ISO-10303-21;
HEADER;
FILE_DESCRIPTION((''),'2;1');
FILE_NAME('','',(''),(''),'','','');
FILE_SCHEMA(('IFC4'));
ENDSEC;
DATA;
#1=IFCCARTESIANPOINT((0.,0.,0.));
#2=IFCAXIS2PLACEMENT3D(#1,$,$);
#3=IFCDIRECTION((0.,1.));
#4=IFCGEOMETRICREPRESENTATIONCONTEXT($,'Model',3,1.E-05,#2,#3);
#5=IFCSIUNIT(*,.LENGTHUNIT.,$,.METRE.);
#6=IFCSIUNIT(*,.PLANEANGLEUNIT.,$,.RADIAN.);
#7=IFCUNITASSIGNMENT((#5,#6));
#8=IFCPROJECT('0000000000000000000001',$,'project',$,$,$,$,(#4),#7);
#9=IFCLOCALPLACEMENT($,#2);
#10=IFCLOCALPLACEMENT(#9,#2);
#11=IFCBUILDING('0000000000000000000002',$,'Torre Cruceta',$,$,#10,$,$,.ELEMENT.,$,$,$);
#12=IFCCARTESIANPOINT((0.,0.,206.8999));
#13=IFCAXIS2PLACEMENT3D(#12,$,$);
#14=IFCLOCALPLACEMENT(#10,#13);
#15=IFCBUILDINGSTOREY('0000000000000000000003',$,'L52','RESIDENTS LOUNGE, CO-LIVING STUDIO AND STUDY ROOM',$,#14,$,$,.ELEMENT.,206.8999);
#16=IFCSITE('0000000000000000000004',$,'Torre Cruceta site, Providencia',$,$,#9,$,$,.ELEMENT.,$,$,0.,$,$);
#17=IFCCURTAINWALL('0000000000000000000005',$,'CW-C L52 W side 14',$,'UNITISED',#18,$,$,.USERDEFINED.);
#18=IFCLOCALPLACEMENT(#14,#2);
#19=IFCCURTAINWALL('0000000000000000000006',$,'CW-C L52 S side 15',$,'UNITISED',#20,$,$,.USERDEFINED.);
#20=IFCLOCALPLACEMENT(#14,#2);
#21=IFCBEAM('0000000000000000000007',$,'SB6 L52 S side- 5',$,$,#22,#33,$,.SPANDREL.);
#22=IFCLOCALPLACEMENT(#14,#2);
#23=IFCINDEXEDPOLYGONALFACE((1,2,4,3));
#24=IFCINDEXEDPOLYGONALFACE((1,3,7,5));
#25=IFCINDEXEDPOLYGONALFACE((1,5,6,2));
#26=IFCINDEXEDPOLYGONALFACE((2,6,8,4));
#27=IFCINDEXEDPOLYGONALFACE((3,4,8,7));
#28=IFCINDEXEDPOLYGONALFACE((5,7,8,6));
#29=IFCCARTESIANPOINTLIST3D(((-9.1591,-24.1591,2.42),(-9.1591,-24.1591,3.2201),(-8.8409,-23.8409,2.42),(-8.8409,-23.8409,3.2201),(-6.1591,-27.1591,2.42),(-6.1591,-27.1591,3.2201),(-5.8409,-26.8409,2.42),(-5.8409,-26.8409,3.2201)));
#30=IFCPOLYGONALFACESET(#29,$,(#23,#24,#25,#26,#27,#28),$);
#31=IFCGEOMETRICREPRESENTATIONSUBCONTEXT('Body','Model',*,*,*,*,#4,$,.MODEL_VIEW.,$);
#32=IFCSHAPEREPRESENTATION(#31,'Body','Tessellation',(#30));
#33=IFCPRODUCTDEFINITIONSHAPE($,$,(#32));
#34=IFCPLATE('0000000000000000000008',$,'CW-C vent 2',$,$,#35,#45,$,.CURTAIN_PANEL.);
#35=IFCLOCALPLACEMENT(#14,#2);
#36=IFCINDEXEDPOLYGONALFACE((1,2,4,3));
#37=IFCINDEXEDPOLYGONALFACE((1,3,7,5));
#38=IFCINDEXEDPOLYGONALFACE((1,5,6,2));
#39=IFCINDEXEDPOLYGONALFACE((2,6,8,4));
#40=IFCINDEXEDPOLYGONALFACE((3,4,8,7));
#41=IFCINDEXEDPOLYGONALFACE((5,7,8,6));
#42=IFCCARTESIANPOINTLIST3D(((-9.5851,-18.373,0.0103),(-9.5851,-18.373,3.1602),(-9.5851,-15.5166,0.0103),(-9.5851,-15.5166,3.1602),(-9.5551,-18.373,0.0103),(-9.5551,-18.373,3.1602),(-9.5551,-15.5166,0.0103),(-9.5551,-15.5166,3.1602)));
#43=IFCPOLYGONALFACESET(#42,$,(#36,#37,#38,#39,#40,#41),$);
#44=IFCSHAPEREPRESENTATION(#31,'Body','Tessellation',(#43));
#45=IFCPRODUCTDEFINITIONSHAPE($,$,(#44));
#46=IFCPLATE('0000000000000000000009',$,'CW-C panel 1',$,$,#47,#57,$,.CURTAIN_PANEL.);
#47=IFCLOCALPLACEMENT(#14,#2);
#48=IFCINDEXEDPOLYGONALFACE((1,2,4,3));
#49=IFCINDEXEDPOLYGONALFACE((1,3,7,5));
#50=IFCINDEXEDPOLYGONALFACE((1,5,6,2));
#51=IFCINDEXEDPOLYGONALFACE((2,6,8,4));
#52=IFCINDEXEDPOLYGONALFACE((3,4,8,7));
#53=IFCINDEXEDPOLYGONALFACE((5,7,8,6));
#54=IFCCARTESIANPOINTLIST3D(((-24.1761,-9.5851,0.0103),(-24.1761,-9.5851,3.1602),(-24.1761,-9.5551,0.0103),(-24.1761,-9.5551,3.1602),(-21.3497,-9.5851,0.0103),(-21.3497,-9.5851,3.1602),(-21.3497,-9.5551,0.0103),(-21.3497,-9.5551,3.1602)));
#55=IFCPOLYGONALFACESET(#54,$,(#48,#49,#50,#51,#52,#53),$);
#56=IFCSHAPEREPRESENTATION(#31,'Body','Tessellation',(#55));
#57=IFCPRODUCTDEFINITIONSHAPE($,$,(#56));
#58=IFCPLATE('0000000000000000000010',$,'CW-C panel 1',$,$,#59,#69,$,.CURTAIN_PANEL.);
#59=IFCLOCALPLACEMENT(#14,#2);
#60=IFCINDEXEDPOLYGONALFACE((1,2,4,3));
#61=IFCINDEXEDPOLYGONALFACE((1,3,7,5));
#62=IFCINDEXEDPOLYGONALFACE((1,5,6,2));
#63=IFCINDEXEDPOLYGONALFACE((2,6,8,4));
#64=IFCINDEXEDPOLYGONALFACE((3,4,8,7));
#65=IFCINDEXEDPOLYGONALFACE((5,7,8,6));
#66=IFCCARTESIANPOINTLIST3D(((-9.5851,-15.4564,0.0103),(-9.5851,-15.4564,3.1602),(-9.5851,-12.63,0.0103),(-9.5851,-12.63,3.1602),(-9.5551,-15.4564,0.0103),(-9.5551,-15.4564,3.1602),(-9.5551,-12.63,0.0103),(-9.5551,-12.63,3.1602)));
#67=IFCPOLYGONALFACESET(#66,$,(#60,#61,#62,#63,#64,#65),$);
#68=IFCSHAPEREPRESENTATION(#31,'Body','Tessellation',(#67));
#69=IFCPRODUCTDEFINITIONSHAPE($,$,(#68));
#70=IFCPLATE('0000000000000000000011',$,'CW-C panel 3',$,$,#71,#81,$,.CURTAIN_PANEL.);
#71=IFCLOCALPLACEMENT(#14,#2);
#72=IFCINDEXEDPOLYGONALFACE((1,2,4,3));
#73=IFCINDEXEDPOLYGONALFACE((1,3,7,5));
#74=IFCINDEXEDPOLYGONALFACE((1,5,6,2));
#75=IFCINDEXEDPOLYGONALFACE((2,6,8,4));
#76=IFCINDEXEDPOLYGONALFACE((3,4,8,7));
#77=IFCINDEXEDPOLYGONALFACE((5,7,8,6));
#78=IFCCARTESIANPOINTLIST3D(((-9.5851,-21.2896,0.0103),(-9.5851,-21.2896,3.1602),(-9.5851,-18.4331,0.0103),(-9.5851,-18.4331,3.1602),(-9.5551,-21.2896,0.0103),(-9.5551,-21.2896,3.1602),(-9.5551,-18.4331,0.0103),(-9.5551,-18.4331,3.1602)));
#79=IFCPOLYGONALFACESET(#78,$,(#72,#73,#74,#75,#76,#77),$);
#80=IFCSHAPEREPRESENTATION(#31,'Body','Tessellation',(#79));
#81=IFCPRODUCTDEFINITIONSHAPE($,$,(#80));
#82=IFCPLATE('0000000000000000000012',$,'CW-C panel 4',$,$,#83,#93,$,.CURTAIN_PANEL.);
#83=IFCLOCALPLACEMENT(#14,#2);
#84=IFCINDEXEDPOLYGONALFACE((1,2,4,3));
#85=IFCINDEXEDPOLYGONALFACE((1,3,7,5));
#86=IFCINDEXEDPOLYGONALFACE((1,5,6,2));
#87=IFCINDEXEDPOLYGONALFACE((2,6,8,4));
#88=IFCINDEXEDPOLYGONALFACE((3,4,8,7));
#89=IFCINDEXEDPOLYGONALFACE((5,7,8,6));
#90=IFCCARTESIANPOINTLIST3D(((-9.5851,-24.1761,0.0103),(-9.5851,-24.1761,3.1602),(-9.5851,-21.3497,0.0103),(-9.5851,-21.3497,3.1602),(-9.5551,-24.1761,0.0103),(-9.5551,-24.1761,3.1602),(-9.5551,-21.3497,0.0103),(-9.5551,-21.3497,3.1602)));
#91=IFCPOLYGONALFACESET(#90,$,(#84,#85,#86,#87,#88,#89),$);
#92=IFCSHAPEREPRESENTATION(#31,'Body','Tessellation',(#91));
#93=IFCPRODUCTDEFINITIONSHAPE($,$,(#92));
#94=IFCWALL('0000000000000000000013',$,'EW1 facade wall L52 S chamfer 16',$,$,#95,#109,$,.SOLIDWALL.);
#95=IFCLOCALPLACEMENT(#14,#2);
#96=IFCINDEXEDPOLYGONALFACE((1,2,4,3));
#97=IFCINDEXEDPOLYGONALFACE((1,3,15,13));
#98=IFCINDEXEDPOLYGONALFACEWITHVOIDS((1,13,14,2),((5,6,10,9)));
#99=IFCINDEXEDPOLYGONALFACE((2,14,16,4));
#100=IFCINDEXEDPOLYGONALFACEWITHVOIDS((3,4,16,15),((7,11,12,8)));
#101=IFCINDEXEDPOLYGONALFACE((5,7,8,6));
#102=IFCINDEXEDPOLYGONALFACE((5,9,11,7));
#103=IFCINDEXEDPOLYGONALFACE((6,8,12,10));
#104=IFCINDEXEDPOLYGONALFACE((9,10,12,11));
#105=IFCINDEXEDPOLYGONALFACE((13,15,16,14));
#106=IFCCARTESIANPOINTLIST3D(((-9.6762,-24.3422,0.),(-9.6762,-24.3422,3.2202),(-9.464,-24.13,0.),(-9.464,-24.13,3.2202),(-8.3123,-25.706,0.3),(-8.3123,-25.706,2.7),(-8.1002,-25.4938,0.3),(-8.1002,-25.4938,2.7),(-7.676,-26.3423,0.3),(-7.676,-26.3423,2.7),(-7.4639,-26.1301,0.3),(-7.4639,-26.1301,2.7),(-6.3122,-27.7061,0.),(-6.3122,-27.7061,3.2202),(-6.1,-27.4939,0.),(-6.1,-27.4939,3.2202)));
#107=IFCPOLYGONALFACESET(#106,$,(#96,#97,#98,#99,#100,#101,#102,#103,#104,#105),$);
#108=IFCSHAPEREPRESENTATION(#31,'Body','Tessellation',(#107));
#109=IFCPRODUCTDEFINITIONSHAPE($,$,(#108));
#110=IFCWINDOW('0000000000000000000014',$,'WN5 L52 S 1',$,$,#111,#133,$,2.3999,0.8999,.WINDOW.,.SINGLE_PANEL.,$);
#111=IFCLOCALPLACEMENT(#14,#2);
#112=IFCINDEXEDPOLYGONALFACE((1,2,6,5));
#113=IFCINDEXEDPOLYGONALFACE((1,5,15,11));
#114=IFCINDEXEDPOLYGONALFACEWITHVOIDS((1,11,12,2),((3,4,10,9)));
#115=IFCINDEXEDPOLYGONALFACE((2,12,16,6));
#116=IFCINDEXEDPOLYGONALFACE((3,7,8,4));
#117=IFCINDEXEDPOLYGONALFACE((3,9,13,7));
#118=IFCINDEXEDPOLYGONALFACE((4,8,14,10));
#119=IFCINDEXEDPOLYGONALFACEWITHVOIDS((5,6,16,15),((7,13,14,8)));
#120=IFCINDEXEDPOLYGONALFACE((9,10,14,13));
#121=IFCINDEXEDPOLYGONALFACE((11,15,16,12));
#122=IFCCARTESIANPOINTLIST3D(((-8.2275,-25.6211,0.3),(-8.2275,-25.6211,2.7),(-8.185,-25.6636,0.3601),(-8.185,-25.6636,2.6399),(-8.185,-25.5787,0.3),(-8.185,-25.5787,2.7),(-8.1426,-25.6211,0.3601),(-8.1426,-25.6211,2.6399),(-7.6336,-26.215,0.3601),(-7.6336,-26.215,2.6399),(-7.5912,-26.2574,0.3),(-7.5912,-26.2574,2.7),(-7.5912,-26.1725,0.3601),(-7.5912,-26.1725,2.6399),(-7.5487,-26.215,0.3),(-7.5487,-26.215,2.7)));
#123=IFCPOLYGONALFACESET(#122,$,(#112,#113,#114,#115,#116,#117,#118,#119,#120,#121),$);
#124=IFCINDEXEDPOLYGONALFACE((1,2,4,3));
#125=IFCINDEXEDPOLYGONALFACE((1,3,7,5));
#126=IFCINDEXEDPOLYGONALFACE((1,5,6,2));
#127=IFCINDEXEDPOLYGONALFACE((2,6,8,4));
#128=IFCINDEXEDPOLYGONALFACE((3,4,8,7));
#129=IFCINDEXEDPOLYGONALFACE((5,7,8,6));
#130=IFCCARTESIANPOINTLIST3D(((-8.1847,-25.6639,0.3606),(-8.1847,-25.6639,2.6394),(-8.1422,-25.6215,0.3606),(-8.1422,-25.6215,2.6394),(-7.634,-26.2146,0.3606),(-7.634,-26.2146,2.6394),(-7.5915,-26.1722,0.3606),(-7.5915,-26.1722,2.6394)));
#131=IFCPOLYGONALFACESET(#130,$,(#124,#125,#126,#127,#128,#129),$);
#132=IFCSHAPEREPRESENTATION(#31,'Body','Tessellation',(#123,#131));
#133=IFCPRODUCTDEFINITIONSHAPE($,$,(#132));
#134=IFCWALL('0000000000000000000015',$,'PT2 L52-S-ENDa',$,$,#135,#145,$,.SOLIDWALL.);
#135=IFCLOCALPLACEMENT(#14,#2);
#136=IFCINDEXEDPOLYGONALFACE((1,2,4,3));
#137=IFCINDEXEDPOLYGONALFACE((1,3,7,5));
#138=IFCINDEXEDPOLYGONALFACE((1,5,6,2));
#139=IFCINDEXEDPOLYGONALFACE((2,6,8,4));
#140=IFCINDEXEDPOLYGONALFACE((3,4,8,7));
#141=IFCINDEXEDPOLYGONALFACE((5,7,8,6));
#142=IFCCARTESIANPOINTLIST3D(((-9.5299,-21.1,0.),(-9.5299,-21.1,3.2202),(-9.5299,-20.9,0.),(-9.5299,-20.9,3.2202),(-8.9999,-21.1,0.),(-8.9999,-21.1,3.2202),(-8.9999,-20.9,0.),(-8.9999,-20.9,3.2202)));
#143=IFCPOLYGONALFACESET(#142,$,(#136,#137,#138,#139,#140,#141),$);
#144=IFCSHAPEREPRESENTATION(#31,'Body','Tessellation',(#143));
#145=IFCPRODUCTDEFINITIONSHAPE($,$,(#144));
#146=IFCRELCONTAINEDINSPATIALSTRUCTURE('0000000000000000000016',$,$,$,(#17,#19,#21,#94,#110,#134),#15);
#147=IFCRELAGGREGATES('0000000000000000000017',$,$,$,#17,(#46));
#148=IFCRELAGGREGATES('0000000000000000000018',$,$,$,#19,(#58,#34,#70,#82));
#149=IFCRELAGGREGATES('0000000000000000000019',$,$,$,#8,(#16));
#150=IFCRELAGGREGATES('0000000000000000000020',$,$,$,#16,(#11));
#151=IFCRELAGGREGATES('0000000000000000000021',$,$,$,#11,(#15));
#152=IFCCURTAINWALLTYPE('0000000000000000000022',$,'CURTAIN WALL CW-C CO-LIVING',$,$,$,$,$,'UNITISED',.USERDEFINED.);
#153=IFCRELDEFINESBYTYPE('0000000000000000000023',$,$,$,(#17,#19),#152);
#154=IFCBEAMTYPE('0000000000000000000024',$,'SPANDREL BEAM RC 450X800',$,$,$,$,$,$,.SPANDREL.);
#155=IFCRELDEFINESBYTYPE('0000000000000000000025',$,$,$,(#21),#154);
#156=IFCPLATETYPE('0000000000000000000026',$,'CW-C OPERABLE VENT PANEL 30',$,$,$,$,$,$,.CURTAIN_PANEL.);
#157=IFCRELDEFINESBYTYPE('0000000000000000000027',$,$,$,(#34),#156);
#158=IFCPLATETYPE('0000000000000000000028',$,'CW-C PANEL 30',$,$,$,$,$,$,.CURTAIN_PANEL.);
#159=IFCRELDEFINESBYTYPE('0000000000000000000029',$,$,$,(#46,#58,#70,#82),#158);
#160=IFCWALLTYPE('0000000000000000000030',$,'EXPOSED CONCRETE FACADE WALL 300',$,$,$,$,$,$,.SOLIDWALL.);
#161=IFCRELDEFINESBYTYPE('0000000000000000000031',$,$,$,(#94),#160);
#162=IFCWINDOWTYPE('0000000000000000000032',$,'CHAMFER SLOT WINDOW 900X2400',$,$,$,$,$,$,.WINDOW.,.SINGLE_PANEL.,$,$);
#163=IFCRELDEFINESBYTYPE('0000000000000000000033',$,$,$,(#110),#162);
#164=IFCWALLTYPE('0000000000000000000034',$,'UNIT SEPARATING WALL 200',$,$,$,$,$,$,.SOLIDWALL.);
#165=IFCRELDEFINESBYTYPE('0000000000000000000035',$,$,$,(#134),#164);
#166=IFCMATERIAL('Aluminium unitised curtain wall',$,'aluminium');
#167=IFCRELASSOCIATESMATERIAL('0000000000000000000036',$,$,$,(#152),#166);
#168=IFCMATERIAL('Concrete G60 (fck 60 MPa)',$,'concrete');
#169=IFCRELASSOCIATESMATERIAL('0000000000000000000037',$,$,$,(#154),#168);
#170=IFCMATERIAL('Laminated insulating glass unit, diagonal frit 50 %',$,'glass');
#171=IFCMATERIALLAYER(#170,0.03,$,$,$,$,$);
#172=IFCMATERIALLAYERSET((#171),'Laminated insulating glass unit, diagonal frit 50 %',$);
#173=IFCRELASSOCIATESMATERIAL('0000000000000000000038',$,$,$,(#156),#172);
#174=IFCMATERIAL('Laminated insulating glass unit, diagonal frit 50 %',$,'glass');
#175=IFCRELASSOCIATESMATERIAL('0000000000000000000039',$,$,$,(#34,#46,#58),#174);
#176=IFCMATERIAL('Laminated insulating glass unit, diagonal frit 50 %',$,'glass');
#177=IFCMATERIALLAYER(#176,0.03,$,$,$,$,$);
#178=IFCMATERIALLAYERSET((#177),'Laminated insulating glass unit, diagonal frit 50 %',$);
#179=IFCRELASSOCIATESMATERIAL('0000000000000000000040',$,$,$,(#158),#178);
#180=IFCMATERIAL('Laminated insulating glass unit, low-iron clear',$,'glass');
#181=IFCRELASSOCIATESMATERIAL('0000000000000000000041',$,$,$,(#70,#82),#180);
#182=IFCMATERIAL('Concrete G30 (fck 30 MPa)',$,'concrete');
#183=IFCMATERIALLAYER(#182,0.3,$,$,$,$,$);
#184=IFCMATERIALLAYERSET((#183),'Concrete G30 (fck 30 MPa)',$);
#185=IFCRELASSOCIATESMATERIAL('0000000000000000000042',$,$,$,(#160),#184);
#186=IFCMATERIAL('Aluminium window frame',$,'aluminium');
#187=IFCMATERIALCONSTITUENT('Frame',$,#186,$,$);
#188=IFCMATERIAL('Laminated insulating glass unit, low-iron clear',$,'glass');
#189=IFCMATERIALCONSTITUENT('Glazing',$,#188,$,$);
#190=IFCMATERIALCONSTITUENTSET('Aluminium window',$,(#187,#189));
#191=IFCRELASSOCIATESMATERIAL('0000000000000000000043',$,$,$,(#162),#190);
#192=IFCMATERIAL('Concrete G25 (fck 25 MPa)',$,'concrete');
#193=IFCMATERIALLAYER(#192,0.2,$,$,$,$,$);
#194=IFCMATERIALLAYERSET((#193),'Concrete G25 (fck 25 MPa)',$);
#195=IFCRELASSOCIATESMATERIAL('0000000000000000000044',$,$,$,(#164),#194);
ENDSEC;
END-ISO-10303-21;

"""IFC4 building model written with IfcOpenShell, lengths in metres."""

from ifc_helpers import new_model, si_unit, direction, frame, frame_2d, origin, origin_2d, place, context, subcontext, project, spatial, rectangle, hollow_rectangle, extrude, material, layer, layer_set, constituent, constituent_set, material_profile, profile_set, type_object, element, fill, aggregate, save


model = new_model("IFC4")

# Units and contexts
model_context = context("Model", 3, precision=1e-05, world=origin(), true_north=direction((0.0, 1.0)))
body_context = subcontext(model_context, "Body", "Model", "MODEL_VIEW")
ifc_project = project(units=[si_unit("LENGTHUNIT", "METRE"), si_unit("PLANEANGLEUNIT", "RADIAN")], contexts=[model_context])

# Site, building, storey
site_placement = place(None, origin())
site = spatial("IfcSite", under=ifc_project, at=site_placement, Name="Torre Cruceta site, Providencia", CompositionType="ELEMENT", RefElevation=0.0)
building_placement = place(site_placement, origin())
building = spatial("IfcBuilding", under=site, at=building_placement, Name="Torre Cruceta", CompositionType="ELEMENT")
storey_placement = place(building_placement, frame((0.0, 0.0, 206.8999)))
storey = spatial("IfcBuildingStorey", under=building, at=storey_placement, Name="L52", Description="RESIDENTS LOUNGE, CO-LIVING STUDIO AND STUDY ROOM", CompositionType="ELEMENT", Elevation=206.8999)

# Curtain wall
ifc_material_1 = material(Name="Aluminium unitised curtain wall", Category="aluminium")
curtain_wall_type = type_object("IfcCurtainWallType", Name="CURTAIN WALL CW-C CO-LIVING", ElementType="UNITISED", PredefinedType="USERDEFINED", material=ifc_material_1)
curtain_wall_1_placement = place(storey_placement, origin())
curtain_wall_1 = element("IfcCurtainWall", 1, at=curtain_wall_1_placement, inside=storey, type_object=curtain_wall_type, Name="CW-C L52 W side 14", ObjectType="UNITISED", PredefinedType="USERDEFINED")

# Curtain wall
curtain_wall_2_placement = place(storey_placement, origin())
curtain_wall_2 = element("IfcCurtainWall", 2, at=curtain_wall_2_placement, inside=storey, type_object=curtain_wall_type, Name="CW-C L52 S side 15", ObjectType="UNITISED", PredefinedType="USERDEFINED")

# Beam
ifc_material_2 = material(Name="Concrete G60 (fck 60 MPa)", Category="concrete")
ifc_material_profile_1 = material_profile(ifc_material_2, rectangle(XDim=0.45, YDim=0.8, at=origin_2d()), Name="RC 450X800")
ifc_profile_set_1 = profile_set([ifc_material_profile_1], Name="Concrete G60 (fck 60 MPa)")
beam_type_1 = type_object("IfcBeamType", Name="SPANDREL BEAM RC 450X800", PredefinedType="SPANDREL", material=ifc_profile_set_1)
beam_1_placement = place(storey_placement, frame((-9.0, -24.0, 2.8201), z_axis=(0.707107, -0.707107, 0.0), x_axis=(0.707107, 0.707107, 0.0)))
element("IfcBeam", 3, at=beam_1_placement, inside=storey, type_object=beam_type_1, Name="SB6 L52 S side- 5", PredefinedType="SPANDREL", context=body_context, shape_type="SweptSolid", body=[
    extrude(rectangle(XDim=0.45, YDim=0.8, at=origin_2d()), origin(), (0.0, 0.0, 1.0), 4.2427),
])

# Plates
ifc_material_3 = material(Name="Laminated insulating glass unit, diagonal frit 50 %", Category="glass")
ifc_material_4 = material(Name="Laminated insulating glass unit, diagonal frit 50 %", Category="glass")
ifc_layer_1 = layer(ifc_material_4, 0.03)
ifc_layer_set_1 = layer_set([ifc_layer_1], Name="Laminated insulating glass unit, diagonal frit 50 %")
plate_type_1 = type_object("IfcPlateType", Name="CW-C OPERABLE VENT PANEL 30", PredefinedType="CURTAIN_PANEL", material=ifc_layer_set_1)
plate_1_placement = place(storey_placement, frame((-9.5701, -16.9448, 0.0103), z_axis=(0.0, 0.0, 1.0), x_axis=(0.0, -1.0, 0.0)))
plate_1 = element("IfcPlate", 4, at=plate_1_placement, type_object=plate_type_1, material=ifc_material_3, Name="CW-C vent 2", PredefinedType="CURTAIN_PANEL", context=body_context, shape_type="SweptSolid", body=[
    extrude(rectangle(XDim=2.8564, YDim=0.03, at=origin_2d()), origin(), (0.0, 0.0, 1.0), 3.1499),
])
ifc_material_5 = material(Name="Laminated insulating glass unit, diagonal frit 50 %", Category="glass")
ifc_layer_2 = layer(ifc_material_5, 0.03)
ifc_layer_set_2 = layer_set([ifc_layer_2], Name="Laminated insulating glass unit, diagonal frit 50 %")
plate_type_2 = type_object("IfcPlateType", Name="CW-C PANEL 30", PredefinedType="CURTAIN_PANEL", material=ifc_layer_set_2)
plate_2_placement = place(storey_placement, frame((-22.7629, -9.5701, 0.0103), z_axis=(0.0, 0.0, 1.0), x_axis=(1.0, 0.0, 0.0)))
plate_2 = element("IfcPlate", 5, at=plate_2_placement, type_object=plate_type_2, material=ifc_material_3, Name="CW-C panel 1", PredefinedType="CURTAIN_PANEL", context=body_context, shape_type="SweptSolid", body=[
    extrude(rectangle(XDim=2.8264, YDim=0.03, at=origin_2d()), origin(), (0.0, 0.0, 1.0), 3.1499),
])
aggregate(curtain_wall_1, [plate_2])
plate_3_placement = place(storey_placement, frame((-9.5701, -14.0432, 0.0103), z_axis=(0.0, 0.0, 1.0), x_axis=(0.0, -1.0, 0.0)))
plate_3 = element("IfcPlate", 6, at=plate_3_placement, type_object=plate_type_2, material=ifc_material_3, Name="CW-C panel 1", PredefinedType="CURTAIN_PANEL", context=body_context, shape_type="SweptSolid", body=[
    extrude(rectangle(XDim=2.8264, YDim=0.03, at=origin_2d()), origin(), (0.0, 0.0, 1.0), 3.1499),
])
ifc_material_6 = material(Name="Laminated insulating glass unit, low-iron clear", Category="glass")
plate_4_placement = place(storey_placement, frame((-9.5701, -19.8613, 0.0103), z_axis=(0.0, 0.0, 1.0), x_axis=(0.0, -1.0, 0.0)))
plate_4 = element("IfcPlate", 7, at=plate_4_placement, type_object=plate_type_2, material=ifc_material_6, Name="CW-C panel 3", PredefinedType="CURTAIN_PANEL", context=body_context, shape_type="SweptSolid", body=[
    extrude(rectangle(XDim=2.8564, YDim=0.03, at=origin_2d()), origin(), (0.0, 0.0, 1.0), 3.1499),
])
plate_5_placement = place(storey_placement, frame((-9.5701, -22.7629, 0.0103), z_axis=(0.0, 0.0, 1.0), x_axis=(0.0, -1.0, 0.0)))
plate_5 = element("IfcPlate", 8, at=plate_5_placement, type_object=plate_type_2, material=ifc_material_6, Name="CW-C panel 4", PredefinedType="CURTAIN_PANEL", context=body_context, shape_type="SweptSolid", body=[
    extrude(rectangle(XDim=2.8264, YDim=0.03, at=origin_2d()), origin(), (0.0, 0.0, 1.0), 3.1499),
])
aggregate(curtain_wall_2, [plate_3, plate_1, plate_4, plate_5])

# Wall, opening, window
ifc_material_7 = material(Name="Concrete G30 (fck 30 MPa)", Category="concrete")
ifc_layer_3 = layer(ifc_material_7, 0.3)
ifc_layer_set_3 = layer_set([ifc_layer_3], Name="Concrete G30 (fck 30 MPa)")
wall_type_1 = type_object("IfcWallType", Name="EXPOSED CONCRETE FACADE WALL 300", PredefinedType="SOLIDWALL", material=ifc_layer_set_3)
wall_1_placement = place(storey_placement, frame((-9.5701, -24.2361, 0.0), z_axis=(0.0, 0.0, 1.0), x_axis=(0.707107, -0.707107, 0.0)))
wall_1 = element("IfcWall", 9, at=wall_1_placement, inside=storey, type_object=wall_type_1, Name="EW1 facade wall L52 S chamfer 16", PredefinedType="SOLIDWALL", context=body_context, shape_type="SweptSolid", body=[
    extrude(rectangle(XDim=4.7573, YDim=0.3, at=frame_2d((2.3787, 0.0))), origin(), (0.0, 0.0, 1.0), 3.2202),
])
opening_placement = place(wall_1_placement, frame((1.9287, 0.0, 0.3)))
opening = element("IfcOpeningElement", 10, at=opening_placement, cuts=wall_1, PredefinedType="OPENING", context=body_context, shape_type="SweptSolid", body=[
    extrude(rectangle(XDim=0.8999, YDim=2.3999, at=frame_2d((0.45, 1.2))), frame((0.0, 0.1599, 0.0), z_axis=(0.0, -1.0, 0.0), x_axis=(1.0, 0.0, 0.0)), (0.0, 0.0, 1.0), 0.3201),
])
ifc_material_8 = material(Name="Aluminium window frame", Category="aluminium")
ifc_constituent_1 = constituent(ifc_material_8, Name="Frame")
ifc_material_9 = material(Name="Laminated insulating glass unit, low-iron clear", Category="glass")
ifc_constituent_2 = constituent(ifc_material_9, Name="Glazing")
ifc_constituent_set_1 = constituent_set(constituents=[ifc_constituent_1, ifc_constituent_2], Name="Aluminium window")
window_type = type_object("IfcWindowType", Name="CHAMFER SLOT WINDOW 900X2400", PartitioningType="SINGLE_PANEL", PredefinedType="WINDOW", material=ifc_constituent_set_1)
window_placement = place(opening_placement, origin())
window = element("IfcWindow", 11, at=window_placement, inside=storey, type_object=window_type, Name="WN5 L52 S 1", OverallHeight=2.3999, OverallWidth=0.8999, PartitioningType="SINGLE_PANEL", PredefinedType="WINDOW", context=body_context, shape_type="SweptSolid", body=[
    extrude(hollow_rectangle(XDim=0.8999, YDim=2.3999, WallThickness=0.0601, at=frame_2d((0.45, 1.2))), frame((0.0, 0.03, 0.0), z_axis=(0.0, -1.0, 0.0), x_axis=(1.0, 0.0, 0.0)), (0.0, 0.0, 1.0), 0.0601),
    extrude(rectangle(XDim=0.7788, YDim=2.2788, at=frame_2d((0.45, 1.2))), frame((0.0, 0.03, 0.0), z_axis=(0.0, -1.0, 0.0), x_axis=(1.0, 0.0, 0.0)), (0.0, 0.0, 1.0), 0.0601),
])
fill(opening, window)

# Wall
ifc_material_10 = material(Name="Concrete G25 (fck 25 MPa)", Category="concrete")
ifc_layer_4 = layer(ifc_material_10, 0.2)
ifc_layer_set_4 = layer_set([ifc_layer_4], Name="Concrete G25 (fck 25 MPa)")
wall_type_2 = type_object("IfcWallType", Name="UNIT SEPARATING WALL 200", PredefinedType="SOLIDWALL", material=ifc_layer_set_4)
wall_2_placement = place(storey_placement, frame((-9.53, -21.0, 0.0), z_axis=(0.0, 0.0, 1.0), x_axis=(1.0, 0.0, 0.0)))
element("IfcWall", 12, at=wall_2_placement, inside=storey, type_object=wall_type_2, Name="PT2 L52-S-ENDa", PredefinedType="SOLIDWALL", context=body_context, shape_type="SweptSolid", body=[
    extrude(rectangle(XDim=0.53, YDim=0.2, at=frame_2d((0.2651, 0.0))), origin(), (0.0, 0.0, 1.0), 3.2202),
])

save(model, "model.ifc")
